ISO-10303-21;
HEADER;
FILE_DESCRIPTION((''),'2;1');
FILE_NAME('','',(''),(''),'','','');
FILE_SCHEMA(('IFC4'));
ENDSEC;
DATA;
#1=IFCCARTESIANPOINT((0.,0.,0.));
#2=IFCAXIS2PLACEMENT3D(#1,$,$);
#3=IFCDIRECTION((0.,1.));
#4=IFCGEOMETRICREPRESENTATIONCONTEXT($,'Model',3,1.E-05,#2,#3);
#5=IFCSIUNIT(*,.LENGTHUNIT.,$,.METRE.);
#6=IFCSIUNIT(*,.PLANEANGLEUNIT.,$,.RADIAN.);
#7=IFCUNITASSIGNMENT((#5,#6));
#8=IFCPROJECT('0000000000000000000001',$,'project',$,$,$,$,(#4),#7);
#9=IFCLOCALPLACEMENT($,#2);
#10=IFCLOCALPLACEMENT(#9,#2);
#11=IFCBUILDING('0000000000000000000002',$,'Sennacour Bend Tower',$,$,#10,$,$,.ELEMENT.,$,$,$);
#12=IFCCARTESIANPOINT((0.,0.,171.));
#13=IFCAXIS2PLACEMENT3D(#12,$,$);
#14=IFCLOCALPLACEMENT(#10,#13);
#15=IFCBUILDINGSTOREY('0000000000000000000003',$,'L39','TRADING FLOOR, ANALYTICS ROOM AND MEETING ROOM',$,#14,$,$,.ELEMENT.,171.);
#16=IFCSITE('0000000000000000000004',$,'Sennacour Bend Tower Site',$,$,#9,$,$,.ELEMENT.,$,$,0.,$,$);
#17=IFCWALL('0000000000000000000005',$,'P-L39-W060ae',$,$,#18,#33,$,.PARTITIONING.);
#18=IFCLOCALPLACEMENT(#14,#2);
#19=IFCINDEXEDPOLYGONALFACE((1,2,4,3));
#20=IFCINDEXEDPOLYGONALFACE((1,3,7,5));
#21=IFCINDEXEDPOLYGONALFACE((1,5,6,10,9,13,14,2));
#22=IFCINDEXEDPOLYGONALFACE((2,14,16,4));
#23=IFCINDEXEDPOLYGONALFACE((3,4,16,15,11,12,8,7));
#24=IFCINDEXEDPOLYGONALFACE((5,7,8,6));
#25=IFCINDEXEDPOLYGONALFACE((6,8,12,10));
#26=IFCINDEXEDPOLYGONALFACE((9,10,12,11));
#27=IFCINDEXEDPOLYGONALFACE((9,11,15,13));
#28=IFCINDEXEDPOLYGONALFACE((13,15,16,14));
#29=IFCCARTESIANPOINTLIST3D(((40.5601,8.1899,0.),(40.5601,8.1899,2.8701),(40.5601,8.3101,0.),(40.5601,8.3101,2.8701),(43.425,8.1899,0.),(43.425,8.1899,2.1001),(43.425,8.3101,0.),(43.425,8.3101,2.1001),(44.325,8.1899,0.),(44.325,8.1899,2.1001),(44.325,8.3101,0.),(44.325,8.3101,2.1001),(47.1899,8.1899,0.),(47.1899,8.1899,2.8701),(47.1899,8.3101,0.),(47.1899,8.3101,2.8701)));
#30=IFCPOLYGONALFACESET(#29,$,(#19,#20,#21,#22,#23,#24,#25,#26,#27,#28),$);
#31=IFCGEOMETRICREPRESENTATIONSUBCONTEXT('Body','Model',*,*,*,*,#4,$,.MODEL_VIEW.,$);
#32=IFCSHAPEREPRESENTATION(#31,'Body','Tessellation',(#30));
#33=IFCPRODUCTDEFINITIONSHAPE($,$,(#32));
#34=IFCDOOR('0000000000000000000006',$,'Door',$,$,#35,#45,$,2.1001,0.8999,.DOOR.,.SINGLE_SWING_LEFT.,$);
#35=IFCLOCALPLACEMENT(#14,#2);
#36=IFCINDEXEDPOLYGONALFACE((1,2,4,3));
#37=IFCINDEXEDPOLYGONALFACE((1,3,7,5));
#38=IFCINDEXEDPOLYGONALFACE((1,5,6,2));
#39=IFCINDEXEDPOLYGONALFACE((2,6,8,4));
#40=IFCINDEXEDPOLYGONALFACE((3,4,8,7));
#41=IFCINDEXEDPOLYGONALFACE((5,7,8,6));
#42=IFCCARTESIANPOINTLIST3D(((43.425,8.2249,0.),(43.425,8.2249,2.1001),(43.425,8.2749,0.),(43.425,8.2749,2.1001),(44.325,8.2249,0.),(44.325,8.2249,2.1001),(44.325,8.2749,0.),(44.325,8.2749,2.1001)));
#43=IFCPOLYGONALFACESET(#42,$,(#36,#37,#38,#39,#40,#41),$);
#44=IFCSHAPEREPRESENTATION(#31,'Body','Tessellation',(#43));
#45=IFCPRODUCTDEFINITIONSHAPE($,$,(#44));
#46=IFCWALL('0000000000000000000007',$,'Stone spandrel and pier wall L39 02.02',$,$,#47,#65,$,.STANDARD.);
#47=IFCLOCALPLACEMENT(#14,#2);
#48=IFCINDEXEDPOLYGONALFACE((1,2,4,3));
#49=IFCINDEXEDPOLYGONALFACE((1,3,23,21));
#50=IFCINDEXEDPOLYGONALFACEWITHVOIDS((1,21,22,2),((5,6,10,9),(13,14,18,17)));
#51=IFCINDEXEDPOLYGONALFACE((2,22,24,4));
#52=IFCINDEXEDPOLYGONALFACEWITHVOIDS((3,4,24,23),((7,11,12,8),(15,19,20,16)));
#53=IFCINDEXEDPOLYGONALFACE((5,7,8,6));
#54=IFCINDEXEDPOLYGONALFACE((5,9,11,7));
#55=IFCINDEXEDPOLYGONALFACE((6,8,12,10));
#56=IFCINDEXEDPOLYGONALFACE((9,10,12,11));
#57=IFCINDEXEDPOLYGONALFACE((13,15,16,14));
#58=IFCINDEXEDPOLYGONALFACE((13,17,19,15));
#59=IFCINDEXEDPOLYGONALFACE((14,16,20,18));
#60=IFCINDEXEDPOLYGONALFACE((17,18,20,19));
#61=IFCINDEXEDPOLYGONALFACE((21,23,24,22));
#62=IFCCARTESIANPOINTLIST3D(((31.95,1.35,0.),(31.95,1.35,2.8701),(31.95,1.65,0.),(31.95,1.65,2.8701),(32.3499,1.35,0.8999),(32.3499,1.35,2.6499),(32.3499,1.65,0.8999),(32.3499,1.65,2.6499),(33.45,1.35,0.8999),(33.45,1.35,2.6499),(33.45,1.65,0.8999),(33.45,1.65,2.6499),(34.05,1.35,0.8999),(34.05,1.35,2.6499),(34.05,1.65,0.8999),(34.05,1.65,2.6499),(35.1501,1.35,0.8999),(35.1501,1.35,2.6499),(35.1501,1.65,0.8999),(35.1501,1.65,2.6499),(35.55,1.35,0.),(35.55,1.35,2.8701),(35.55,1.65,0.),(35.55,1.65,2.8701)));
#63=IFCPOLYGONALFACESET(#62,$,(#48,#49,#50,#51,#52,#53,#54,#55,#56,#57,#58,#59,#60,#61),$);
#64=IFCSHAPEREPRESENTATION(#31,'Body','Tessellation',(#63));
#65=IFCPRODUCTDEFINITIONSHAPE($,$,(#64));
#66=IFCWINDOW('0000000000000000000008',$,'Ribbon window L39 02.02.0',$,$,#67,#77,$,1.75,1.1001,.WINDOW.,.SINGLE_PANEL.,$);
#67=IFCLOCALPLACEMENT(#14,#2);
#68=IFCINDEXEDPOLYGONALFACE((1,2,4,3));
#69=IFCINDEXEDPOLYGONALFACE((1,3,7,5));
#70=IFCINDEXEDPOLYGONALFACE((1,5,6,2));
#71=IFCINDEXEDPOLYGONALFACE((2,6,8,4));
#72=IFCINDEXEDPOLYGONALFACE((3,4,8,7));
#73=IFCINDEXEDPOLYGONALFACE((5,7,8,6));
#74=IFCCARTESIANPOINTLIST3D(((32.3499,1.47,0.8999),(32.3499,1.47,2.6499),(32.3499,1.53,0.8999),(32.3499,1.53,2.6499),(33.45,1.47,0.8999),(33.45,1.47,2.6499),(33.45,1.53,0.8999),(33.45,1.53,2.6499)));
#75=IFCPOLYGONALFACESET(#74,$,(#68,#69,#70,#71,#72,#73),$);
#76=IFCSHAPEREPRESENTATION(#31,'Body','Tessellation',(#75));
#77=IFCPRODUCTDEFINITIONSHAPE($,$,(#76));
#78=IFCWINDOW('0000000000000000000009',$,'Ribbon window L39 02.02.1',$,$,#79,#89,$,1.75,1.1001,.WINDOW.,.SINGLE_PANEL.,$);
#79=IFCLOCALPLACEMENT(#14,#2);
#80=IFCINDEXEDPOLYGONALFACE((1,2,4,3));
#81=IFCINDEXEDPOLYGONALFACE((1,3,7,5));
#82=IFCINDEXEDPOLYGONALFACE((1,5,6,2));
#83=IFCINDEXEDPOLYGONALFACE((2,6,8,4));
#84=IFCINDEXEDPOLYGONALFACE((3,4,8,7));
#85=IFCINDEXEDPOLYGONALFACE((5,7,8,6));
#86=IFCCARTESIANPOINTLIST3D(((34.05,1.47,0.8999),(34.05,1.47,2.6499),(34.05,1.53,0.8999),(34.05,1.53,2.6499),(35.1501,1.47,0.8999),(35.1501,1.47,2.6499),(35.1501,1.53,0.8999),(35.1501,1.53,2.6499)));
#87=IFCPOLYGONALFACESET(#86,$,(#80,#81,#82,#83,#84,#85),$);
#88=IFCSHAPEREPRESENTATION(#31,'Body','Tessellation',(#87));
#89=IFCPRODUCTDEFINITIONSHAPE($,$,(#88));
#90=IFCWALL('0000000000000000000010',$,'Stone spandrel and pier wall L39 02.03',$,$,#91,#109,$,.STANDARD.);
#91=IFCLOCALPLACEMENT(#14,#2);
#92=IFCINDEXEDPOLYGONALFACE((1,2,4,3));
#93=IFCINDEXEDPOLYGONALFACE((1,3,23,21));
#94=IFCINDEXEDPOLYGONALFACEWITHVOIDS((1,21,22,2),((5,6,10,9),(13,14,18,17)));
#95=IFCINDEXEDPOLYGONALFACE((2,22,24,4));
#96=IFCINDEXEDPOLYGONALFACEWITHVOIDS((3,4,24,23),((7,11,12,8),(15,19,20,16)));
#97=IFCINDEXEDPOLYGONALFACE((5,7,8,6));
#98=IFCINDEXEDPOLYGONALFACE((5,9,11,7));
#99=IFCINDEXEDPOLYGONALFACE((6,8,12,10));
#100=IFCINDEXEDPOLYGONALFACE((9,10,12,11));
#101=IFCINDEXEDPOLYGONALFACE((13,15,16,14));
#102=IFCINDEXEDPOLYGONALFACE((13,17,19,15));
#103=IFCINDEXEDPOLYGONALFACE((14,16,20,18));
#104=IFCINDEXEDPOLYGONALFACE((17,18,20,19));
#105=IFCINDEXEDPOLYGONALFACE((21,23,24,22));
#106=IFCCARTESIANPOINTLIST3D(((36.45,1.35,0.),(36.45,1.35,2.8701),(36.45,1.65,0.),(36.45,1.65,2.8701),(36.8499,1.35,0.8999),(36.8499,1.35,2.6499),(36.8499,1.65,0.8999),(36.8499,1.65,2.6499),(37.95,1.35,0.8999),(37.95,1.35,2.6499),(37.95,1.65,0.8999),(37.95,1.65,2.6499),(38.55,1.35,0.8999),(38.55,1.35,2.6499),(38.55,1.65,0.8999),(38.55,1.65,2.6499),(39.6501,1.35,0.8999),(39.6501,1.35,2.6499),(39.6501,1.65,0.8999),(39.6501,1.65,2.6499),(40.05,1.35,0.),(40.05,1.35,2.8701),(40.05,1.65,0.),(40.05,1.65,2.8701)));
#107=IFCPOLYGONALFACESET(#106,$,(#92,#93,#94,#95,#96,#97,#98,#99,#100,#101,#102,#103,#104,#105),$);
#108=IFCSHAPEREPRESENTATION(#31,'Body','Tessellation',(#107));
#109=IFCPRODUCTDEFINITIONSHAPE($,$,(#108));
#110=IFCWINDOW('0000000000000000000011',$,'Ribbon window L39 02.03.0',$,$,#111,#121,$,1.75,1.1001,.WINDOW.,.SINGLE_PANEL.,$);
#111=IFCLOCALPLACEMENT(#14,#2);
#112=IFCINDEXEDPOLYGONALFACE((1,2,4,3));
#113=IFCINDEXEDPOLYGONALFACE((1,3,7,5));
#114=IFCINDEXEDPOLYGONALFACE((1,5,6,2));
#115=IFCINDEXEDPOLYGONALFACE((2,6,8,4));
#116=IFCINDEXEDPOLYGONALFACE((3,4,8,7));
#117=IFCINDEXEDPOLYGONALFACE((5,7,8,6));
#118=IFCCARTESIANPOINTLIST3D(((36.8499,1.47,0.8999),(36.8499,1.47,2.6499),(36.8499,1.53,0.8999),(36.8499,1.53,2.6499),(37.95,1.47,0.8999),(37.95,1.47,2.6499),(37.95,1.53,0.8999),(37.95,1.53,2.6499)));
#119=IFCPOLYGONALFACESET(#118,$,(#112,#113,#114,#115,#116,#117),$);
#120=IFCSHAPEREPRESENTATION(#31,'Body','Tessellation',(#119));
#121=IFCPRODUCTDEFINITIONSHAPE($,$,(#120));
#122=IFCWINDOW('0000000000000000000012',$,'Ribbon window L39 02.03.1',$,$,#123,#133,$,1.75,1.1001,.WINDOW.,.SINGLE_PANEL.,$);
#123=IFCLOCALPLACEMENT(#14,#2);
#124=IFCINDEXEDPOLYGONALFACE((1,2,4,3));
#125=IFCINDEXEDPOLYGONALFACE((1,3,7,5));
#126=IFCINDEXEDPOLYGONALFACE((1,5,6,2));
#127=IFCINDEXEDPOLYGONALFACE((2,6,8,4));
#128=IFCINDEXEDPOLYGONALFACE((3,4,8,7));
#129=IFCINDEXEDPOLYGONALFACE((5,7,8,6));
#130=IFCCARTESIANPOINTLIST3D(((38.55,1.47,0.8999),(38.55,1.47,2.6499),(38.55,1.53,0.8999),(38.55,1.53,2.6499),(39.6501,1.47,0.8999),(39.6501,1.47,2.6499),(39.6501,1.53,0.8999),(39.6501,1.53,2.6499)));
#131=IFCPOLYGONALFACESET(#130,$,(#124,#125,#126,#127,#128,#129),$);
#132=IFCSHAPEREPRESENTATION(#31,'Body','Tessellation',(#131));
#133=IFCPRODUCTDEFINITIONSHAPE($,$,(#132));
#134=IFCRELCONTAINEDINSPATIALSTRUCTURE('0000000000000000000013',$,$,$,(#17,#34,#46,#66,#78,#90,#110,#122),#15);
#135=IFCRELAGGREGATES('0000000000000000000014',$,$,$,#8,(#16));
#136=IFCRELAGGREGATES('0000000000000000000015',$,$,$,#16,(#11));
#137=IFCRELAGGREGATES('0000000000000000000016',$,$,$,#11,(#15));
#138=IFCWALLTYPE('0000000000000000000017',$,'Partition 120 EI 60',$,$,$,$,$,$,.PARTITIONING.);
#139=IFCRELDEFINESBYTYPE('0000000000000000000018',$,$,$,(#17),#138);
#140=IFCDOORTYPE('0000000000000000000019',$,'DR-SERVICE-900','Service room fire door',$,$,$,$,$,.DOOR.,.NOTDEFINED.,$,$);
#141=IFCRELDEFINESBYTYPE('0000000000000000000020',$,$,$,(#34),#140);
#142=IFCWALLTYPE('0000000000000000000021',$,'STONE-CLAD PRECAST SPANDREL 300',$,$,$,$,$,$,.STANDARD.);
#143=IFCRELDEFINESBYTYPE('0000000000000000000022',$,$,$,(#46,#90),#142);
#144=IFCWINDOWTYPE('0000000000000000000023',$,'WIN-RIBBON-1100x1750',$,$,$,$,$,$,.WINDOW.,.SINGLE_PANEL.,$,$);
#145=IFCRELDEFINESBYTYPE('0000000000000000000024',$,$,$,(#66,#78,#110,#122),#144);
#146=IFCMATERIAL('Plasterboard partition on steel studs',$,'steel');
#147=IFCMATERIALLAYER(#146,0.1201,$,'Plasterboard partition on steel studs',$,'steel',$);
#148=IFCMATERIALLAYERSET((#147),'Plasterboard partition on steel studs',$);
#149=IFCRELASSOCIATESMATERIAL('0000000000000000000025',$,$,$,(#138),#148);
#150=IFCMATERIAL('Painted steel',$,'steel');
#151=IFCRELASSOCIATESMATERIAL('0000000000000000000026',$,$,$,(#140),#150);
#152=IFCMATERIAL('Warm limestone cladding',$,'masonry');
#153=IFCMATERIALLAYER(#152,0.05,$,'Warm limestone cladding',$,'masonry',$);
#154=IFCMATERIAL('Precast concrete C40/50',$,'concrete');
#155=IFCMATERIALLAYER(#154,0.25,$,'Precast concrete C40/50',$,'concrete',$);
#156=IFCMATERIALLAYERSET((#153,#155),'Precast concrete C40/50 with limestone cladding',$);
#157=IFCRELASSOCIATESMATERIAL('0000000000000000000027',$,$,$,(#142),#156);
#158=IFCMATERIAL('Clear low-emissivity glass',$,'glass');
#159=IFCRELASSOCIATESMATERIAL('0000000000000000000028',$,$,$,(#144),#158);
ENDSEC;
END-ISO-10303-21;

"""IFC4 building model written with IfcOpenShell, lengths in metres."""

from ifc_helpers import new_model, si_unit, direction, frame, frame_2d, origin, place, context, subcontext, project, spatial, rectangle, extrude, material, layer, layer_set, type_object, element, fill, save


model = new_model("IFC4")

# Units and contexts
model_context = context("Model", 3, precision=1e-05, world=origin(), true_north=direction((0.0, 1.0)))
body_context = subcontext(model_context, "Body", "Model", "MODEL_VIEW")
ifc_project = project(units=[si_unit("LENGTHUNIT", "METRE"), si_unit("PLANEANGLEUNIT", "RADIAN")], contexts=[model_context])

# Site, building, storey
site_placement = place(None, origin())
site = spatial("IfcSite", under=ifc_project, at=site_placement, Name="Sennacour Bend Tower Site", CompositionType="ELEMENT", RefElevation=0.0)
building_placement = place(site_placement, origin())
building = spatial("IfcBuilding", under=site, at=building_placement, Name="Sennacour Bend Tower", CompositionType="ELEMENT")
storey_placement = place(building_placement, frame((0.0, 0.0, 171.0)))
storey = spatial("IfcBuildingStorey", under=building, at=storey_placement, Name="L39", Description="TRADING FLOOR, ANALYTICS ROOM AND MEETING ROOM", CompositionType="ELEMENT", Elevation=171.0)

# Shared definitions
ifc_material_1 = material(Name="Plasterboard partition on steel studs", Category="steel")

# Wall, opening, door
ifc_layer_1 = layer(ifc_material_1, 0.1201, Name="Plasterboard partition on steel studs", Category="steel")
ifc_layer_set_1 = layer_set([ifc_layer_1], Name="Plasterboard partition on steel studs")
wall_type_1 = type_object("IfcWallType", Name="Partition 120 EI 60", PredefinedType="PARTITIONING", material=ifc_layer_set_1)
wall_1_placement = place(storey_placement, frame((40.5601, 8.25, 0.0), z_axis=(0.0, 0.0, 1.0), x_axis=(1.0, 0.0, 0.0)))
wall_1 = element("IfcWall", 1, at=wall_1_placement, inside=storey, type_object=wall_type_1, Name="P-L39-W060ae", PredefinedType="PARTITIONING", context=body_context, shape_type="SweptSolid", body=[
    extrude(rectangle(XDim=6.6299, YDim=0.1201, at=frame_2d((3.3149, 0.0))), origin(), (0.0, 0.0, 1.0), 2.8701),
])
opening_1_placement = place(wall_1_placement, frame((2.865, 0.0, 0.0)))
opening_1 = element("IfcOpeningElement", 2, at=opening_1_placement, cuts=wall_1, PredefinedType="OPENING", context=body_context, shape_type="SweptSolid", body=[
    extrude(rectangle(XDim=0.8999, YDim=2.1001, at=frame_2d((0.45, 1.05))), frame((0.0, 0.0701, 0.0), z_axis=(0.0, -1.0, 0.0), x_axis=(1.0, 0.0, 0.0)), (0.0, 0.0, 1.0), 0.1401),
])
ifc_material_2 = material(Name="Painted steel", Category="steel")
door_type_1 = type_object("IfcDoorType", Name="DR-SERVICE-900", Description="Service room fire door", OperationType="NOTDEFINED", PredefinedType="DOOR", material=ifc_material_2)
door_1_placement = place(opening_1_placement, origin())
door_1 = element("IfcDoor", 3, at=door_1_placement, inside=storey, type_object=door_type_1, Name="Door", OperationType="SINGLE_SWING_LEFT", OverallHeight=2.1001, OverallWidth=0.8999, PredefinedType="DOOR", context=body_context, shape_type="SweptSolid", body=[
    extrude(rectangle(XDim=0.8999, YDim=2.1001, at=frame_2d((0.45, 1.05))), frame((0.0, 0.0249, 0.0), z_axis=(0.0, -1.0, 0.0), x_axis=(1.0, 0.0, 0.0)), (0.0, 0.0, 1.0), 0.05),
])
fill(opening_1, door_1)

# Walls, openings, windows
ifc_material_3 = material(Name="Warm limestone cladding", Category="masonry")
ifc_layer_2 = layer(ifc_material_3, 0.05, Name="Warm limestone cladding", Category="masonry")
ifc_material_4 = material(Name="Precast concrete C40/50", Category="concrete")
ifc_layer_3 = layer(ifc_material_4, 0.25, Name="Precast concrete C40/50", Category="concrete")
ifc_layer_set_2 = layer_set([ifc_layer_2, ifc_layer_3], Name="Precast concrete C40/50 with limestone cladding")
wall_type_2 = type_object("IfcWallType", Name="STONE-CLAD PRECAST SPANDREL 300", PredefinedType="STANDARD", material=ifc_layer_set_2)
wall_2_placement = place(storey_placement, frame((31.95, 1.5, 0.0), z_axis=(0.0, 0.0, 1.0), x_axis=(1.0, 0.0, 0.0)))
wall_2 = element("IfcWall", 4, at=wall_2_placement, inside=storey, type_object=wall_type_2, Name="Stone spandrel and pier wall L39 02.02", PredefinedType="STANDARD", context=body_context, shape_type="SweptSolid", body=[
    extrude(rectangle(XDim=3.6001, YDim=0.3, at=frame_2d((1.8, 0.0))), origin(), (0.0, 0.0, 1.0), 2.8701),
])
opening_2_placement = place(wall_2_placement, frame((0.3999, 0.0, 0.8999)))
opening_2 = element("IfcOpeningElement", 5, at=opening_2_placement, cuts=wall_2, PredefinedType="OPENING", context=body_context, shape_type="SweptSolid", body=[
    extrude(rectangle(XDim=1.1001, YDim=1.75, at=frame_2d((0.55, 0.875))), frame((0.0, 0.1602, 0.0), z_axis=(0.0, -1.0, 0.0), x_axis=(1.0, 0.0, 0.0)), (0.0, 0.0, 1.0), 0.3201),
])
opening_3_placement = place(wall_2_placement, frame((2.1001, 0.0, 0.8999)))
opening_3 = element("IfcOpeningElement", 6, at=opening_3_placement, cuts=wall_2, PredefinedType="OPENING", context=body_context, shape_type="SweptSolid", body=[
    extrude(rectangle(XDim=1.1001, YDim=1.75, at=frame_2d((0.55, 0.875))), frame((0.0, 0.1602, 0.0), z_axis=(0.0, -1.0, 0.0), x_axis=(1.0, 0.0, 0.0)), (0.0, 0.0, 1.0), 0.3201),
])
ifc_material_5 = material(Name="Clear low-emissivity glass", Category="glass")
window_type = type_object("IfcWindowType", Name="WIN-RIBBON-1100x1750", PartitioningType="SINGLE_PANEL", PredefinedType="WINDOW", material=ifc_material_5)
window_1_placement = place(opening_2_placement, origin())
window_1 = element("IfcWindow", 7, at=window_1_placement, inside=storey, type_object=window_type, Name="Ribbon window L39 02.02.0", OverallHeight=1.75, OverallWidth=1.1001, PartitioningType="SINGLE_PANEL", PredefinedType="WINDOW", context=body_context, shape_type="SweptSolid", body=[
    extrude(rectangle(XDim=1.1001, YDim=1.75, at=frame_2d((0.55, 0.875))), frame((0.0, 0.03, 0.0), z_axis=(0.0, -1.0, 0.0), x_axis=(1.0, 0.0, 0.0)), (0.0, 0.0, 1.0), 0.0601),
])
fill(opening_2, window_1)
window_2_placement = place(opening_3_placement, origin())
window_2 = element("IfcWindow", 8, at=window_2_placement, inside=storey, type_object=window_type, Name="Ribbon window L39 02.02.1", OverallHeight=1.75, OverallWidth=1.1001, PartitioningType="SINGLE_PANEL", PredefinedType="WINDOW", context=body_context, shape_type="SweptSolid", body=[
    extrude(rectangle(XDim=1.1001, YDim=1.75, at=frame_2d((0.55, 0.875))), frame((0.0, 0.03, 0.0), z_axis=(0.0, -1.0, 0.0), x_axis=(1.0, 0.0, 0.0)), (0.0, 0.0, 1.0), 0.0601),
])
fill(opening_3, window_2)
wall_3_placement = place(storey_placement, frame((36.45, 1.5, 0.0), z_axis=(0.0, 0.0, 1.0), x_axis=(1.0, 0.0, 0.0)))
wall_3 = element("IfcWall", 9, at=wall_3_placement, inside=storey, type_object=wall_type_2, Name="Stone spandrel and pier wall L39 02.03", PredefinedType="STANDARD", context=body_context, shape_type="SweptSolid", body=[
    extrude(rectangle(XDim=3.6001, YDim=0.3, at=frame_2d((1.8, 0.0))), origin(), (0.0, 0.0, 1.0), 2.8701),
])
opening_4_placement = place(wall_3_placement, frame((0.3999, 0.0, 0.8999)))
opening_4 = element("IfcOpeningElement", 10, at=opening_4_placement, cuts=wall_3, PredefinedType="OPENING", context=body_context, shape_type="SweptSolid", body=[
    extrude(rectangle(XDim=1.1001, YDim=1.75, at=frame_2d((0.55, 0.875))), frame((0.0, 0.1602, 0.0), z_axis=(0.0, -1.0, 0.0), x_axis=(1.0, 0.0, 0.0)), (0.0, 0.0, 1.0), 0.3201),
])
opening_5_placement = place(wall_3_placement, frame((2.1001, 0.0, 0.8999)))
opening_5 = element("IfcOpeningElement", 11, at=opening_5_placement, cuts=wall_3, PredefinedType="OPENING", context=body_context, shape_type="SweptSolid", body=[
    extrude(rectangle(XDim=1.1001, YDim=1.75, at=frame_2d((0.55, 0.875))), frame((0.0, 0.1602, 0.0), z_axis=(0.0, -1.0, 0.0), x_axis=(1.0, 0.0, 0.0)), (0.0, 0.0, 1.0), 0.3201),
])
window_3_placement = place(opening_4_placement, origin())
window_3 = element("IfcWindow", 12, at=window_3_placement, inside=storey, type_object=window_type, Name="Ribbon window L39 02.03.0", OverallHeight=1.75, OverallWidth=1.1001, PartitioningType="SINGLE_PANEL", PredefinedType="WINDOW", context=body_context, shape_type="SweptSolid", body=[
    extrude(rectangle(XDim=1.1001, YDim=1.75, at=frame_2d((0.55, 0.875))), frame((0.0, 0.03, 0.0), z_axis=(0.0, -1.0, 0.0), x_axis=(1.0, 0.0, 0.0)), (0.0, 0.0, 1.0), 0.0601),
])
fill(opening_4, window_3)
window_4_placement = place(opening_5_placement, origin())
window_4 = element("IfcWindow", 13, at=window_4_placement, inside=storey, type_object=window_type, Name="Ribbon window L39 02.03.1", OverallHeight=1.75, OverallWidth=1.1001, PartitioningType="SINGLE_PANEL", PredefinedType="WINDOW", context=body_context, shape_type="SweptSolid", body=[
    extrude(rectangle(XDim=1.1001, YDim=1.75, at=frame_2d((0.55, 0.875))), frame((0.0, 0.03, 0.0), z_axis=(0.0, -1.0, 0.0), x_axis=(1.0, 0.0, 0.0)), (0.0, 0.0, 1.0), 0.0601),
])
fill(opening_5, window_4)

save(model, "model.ifc")
